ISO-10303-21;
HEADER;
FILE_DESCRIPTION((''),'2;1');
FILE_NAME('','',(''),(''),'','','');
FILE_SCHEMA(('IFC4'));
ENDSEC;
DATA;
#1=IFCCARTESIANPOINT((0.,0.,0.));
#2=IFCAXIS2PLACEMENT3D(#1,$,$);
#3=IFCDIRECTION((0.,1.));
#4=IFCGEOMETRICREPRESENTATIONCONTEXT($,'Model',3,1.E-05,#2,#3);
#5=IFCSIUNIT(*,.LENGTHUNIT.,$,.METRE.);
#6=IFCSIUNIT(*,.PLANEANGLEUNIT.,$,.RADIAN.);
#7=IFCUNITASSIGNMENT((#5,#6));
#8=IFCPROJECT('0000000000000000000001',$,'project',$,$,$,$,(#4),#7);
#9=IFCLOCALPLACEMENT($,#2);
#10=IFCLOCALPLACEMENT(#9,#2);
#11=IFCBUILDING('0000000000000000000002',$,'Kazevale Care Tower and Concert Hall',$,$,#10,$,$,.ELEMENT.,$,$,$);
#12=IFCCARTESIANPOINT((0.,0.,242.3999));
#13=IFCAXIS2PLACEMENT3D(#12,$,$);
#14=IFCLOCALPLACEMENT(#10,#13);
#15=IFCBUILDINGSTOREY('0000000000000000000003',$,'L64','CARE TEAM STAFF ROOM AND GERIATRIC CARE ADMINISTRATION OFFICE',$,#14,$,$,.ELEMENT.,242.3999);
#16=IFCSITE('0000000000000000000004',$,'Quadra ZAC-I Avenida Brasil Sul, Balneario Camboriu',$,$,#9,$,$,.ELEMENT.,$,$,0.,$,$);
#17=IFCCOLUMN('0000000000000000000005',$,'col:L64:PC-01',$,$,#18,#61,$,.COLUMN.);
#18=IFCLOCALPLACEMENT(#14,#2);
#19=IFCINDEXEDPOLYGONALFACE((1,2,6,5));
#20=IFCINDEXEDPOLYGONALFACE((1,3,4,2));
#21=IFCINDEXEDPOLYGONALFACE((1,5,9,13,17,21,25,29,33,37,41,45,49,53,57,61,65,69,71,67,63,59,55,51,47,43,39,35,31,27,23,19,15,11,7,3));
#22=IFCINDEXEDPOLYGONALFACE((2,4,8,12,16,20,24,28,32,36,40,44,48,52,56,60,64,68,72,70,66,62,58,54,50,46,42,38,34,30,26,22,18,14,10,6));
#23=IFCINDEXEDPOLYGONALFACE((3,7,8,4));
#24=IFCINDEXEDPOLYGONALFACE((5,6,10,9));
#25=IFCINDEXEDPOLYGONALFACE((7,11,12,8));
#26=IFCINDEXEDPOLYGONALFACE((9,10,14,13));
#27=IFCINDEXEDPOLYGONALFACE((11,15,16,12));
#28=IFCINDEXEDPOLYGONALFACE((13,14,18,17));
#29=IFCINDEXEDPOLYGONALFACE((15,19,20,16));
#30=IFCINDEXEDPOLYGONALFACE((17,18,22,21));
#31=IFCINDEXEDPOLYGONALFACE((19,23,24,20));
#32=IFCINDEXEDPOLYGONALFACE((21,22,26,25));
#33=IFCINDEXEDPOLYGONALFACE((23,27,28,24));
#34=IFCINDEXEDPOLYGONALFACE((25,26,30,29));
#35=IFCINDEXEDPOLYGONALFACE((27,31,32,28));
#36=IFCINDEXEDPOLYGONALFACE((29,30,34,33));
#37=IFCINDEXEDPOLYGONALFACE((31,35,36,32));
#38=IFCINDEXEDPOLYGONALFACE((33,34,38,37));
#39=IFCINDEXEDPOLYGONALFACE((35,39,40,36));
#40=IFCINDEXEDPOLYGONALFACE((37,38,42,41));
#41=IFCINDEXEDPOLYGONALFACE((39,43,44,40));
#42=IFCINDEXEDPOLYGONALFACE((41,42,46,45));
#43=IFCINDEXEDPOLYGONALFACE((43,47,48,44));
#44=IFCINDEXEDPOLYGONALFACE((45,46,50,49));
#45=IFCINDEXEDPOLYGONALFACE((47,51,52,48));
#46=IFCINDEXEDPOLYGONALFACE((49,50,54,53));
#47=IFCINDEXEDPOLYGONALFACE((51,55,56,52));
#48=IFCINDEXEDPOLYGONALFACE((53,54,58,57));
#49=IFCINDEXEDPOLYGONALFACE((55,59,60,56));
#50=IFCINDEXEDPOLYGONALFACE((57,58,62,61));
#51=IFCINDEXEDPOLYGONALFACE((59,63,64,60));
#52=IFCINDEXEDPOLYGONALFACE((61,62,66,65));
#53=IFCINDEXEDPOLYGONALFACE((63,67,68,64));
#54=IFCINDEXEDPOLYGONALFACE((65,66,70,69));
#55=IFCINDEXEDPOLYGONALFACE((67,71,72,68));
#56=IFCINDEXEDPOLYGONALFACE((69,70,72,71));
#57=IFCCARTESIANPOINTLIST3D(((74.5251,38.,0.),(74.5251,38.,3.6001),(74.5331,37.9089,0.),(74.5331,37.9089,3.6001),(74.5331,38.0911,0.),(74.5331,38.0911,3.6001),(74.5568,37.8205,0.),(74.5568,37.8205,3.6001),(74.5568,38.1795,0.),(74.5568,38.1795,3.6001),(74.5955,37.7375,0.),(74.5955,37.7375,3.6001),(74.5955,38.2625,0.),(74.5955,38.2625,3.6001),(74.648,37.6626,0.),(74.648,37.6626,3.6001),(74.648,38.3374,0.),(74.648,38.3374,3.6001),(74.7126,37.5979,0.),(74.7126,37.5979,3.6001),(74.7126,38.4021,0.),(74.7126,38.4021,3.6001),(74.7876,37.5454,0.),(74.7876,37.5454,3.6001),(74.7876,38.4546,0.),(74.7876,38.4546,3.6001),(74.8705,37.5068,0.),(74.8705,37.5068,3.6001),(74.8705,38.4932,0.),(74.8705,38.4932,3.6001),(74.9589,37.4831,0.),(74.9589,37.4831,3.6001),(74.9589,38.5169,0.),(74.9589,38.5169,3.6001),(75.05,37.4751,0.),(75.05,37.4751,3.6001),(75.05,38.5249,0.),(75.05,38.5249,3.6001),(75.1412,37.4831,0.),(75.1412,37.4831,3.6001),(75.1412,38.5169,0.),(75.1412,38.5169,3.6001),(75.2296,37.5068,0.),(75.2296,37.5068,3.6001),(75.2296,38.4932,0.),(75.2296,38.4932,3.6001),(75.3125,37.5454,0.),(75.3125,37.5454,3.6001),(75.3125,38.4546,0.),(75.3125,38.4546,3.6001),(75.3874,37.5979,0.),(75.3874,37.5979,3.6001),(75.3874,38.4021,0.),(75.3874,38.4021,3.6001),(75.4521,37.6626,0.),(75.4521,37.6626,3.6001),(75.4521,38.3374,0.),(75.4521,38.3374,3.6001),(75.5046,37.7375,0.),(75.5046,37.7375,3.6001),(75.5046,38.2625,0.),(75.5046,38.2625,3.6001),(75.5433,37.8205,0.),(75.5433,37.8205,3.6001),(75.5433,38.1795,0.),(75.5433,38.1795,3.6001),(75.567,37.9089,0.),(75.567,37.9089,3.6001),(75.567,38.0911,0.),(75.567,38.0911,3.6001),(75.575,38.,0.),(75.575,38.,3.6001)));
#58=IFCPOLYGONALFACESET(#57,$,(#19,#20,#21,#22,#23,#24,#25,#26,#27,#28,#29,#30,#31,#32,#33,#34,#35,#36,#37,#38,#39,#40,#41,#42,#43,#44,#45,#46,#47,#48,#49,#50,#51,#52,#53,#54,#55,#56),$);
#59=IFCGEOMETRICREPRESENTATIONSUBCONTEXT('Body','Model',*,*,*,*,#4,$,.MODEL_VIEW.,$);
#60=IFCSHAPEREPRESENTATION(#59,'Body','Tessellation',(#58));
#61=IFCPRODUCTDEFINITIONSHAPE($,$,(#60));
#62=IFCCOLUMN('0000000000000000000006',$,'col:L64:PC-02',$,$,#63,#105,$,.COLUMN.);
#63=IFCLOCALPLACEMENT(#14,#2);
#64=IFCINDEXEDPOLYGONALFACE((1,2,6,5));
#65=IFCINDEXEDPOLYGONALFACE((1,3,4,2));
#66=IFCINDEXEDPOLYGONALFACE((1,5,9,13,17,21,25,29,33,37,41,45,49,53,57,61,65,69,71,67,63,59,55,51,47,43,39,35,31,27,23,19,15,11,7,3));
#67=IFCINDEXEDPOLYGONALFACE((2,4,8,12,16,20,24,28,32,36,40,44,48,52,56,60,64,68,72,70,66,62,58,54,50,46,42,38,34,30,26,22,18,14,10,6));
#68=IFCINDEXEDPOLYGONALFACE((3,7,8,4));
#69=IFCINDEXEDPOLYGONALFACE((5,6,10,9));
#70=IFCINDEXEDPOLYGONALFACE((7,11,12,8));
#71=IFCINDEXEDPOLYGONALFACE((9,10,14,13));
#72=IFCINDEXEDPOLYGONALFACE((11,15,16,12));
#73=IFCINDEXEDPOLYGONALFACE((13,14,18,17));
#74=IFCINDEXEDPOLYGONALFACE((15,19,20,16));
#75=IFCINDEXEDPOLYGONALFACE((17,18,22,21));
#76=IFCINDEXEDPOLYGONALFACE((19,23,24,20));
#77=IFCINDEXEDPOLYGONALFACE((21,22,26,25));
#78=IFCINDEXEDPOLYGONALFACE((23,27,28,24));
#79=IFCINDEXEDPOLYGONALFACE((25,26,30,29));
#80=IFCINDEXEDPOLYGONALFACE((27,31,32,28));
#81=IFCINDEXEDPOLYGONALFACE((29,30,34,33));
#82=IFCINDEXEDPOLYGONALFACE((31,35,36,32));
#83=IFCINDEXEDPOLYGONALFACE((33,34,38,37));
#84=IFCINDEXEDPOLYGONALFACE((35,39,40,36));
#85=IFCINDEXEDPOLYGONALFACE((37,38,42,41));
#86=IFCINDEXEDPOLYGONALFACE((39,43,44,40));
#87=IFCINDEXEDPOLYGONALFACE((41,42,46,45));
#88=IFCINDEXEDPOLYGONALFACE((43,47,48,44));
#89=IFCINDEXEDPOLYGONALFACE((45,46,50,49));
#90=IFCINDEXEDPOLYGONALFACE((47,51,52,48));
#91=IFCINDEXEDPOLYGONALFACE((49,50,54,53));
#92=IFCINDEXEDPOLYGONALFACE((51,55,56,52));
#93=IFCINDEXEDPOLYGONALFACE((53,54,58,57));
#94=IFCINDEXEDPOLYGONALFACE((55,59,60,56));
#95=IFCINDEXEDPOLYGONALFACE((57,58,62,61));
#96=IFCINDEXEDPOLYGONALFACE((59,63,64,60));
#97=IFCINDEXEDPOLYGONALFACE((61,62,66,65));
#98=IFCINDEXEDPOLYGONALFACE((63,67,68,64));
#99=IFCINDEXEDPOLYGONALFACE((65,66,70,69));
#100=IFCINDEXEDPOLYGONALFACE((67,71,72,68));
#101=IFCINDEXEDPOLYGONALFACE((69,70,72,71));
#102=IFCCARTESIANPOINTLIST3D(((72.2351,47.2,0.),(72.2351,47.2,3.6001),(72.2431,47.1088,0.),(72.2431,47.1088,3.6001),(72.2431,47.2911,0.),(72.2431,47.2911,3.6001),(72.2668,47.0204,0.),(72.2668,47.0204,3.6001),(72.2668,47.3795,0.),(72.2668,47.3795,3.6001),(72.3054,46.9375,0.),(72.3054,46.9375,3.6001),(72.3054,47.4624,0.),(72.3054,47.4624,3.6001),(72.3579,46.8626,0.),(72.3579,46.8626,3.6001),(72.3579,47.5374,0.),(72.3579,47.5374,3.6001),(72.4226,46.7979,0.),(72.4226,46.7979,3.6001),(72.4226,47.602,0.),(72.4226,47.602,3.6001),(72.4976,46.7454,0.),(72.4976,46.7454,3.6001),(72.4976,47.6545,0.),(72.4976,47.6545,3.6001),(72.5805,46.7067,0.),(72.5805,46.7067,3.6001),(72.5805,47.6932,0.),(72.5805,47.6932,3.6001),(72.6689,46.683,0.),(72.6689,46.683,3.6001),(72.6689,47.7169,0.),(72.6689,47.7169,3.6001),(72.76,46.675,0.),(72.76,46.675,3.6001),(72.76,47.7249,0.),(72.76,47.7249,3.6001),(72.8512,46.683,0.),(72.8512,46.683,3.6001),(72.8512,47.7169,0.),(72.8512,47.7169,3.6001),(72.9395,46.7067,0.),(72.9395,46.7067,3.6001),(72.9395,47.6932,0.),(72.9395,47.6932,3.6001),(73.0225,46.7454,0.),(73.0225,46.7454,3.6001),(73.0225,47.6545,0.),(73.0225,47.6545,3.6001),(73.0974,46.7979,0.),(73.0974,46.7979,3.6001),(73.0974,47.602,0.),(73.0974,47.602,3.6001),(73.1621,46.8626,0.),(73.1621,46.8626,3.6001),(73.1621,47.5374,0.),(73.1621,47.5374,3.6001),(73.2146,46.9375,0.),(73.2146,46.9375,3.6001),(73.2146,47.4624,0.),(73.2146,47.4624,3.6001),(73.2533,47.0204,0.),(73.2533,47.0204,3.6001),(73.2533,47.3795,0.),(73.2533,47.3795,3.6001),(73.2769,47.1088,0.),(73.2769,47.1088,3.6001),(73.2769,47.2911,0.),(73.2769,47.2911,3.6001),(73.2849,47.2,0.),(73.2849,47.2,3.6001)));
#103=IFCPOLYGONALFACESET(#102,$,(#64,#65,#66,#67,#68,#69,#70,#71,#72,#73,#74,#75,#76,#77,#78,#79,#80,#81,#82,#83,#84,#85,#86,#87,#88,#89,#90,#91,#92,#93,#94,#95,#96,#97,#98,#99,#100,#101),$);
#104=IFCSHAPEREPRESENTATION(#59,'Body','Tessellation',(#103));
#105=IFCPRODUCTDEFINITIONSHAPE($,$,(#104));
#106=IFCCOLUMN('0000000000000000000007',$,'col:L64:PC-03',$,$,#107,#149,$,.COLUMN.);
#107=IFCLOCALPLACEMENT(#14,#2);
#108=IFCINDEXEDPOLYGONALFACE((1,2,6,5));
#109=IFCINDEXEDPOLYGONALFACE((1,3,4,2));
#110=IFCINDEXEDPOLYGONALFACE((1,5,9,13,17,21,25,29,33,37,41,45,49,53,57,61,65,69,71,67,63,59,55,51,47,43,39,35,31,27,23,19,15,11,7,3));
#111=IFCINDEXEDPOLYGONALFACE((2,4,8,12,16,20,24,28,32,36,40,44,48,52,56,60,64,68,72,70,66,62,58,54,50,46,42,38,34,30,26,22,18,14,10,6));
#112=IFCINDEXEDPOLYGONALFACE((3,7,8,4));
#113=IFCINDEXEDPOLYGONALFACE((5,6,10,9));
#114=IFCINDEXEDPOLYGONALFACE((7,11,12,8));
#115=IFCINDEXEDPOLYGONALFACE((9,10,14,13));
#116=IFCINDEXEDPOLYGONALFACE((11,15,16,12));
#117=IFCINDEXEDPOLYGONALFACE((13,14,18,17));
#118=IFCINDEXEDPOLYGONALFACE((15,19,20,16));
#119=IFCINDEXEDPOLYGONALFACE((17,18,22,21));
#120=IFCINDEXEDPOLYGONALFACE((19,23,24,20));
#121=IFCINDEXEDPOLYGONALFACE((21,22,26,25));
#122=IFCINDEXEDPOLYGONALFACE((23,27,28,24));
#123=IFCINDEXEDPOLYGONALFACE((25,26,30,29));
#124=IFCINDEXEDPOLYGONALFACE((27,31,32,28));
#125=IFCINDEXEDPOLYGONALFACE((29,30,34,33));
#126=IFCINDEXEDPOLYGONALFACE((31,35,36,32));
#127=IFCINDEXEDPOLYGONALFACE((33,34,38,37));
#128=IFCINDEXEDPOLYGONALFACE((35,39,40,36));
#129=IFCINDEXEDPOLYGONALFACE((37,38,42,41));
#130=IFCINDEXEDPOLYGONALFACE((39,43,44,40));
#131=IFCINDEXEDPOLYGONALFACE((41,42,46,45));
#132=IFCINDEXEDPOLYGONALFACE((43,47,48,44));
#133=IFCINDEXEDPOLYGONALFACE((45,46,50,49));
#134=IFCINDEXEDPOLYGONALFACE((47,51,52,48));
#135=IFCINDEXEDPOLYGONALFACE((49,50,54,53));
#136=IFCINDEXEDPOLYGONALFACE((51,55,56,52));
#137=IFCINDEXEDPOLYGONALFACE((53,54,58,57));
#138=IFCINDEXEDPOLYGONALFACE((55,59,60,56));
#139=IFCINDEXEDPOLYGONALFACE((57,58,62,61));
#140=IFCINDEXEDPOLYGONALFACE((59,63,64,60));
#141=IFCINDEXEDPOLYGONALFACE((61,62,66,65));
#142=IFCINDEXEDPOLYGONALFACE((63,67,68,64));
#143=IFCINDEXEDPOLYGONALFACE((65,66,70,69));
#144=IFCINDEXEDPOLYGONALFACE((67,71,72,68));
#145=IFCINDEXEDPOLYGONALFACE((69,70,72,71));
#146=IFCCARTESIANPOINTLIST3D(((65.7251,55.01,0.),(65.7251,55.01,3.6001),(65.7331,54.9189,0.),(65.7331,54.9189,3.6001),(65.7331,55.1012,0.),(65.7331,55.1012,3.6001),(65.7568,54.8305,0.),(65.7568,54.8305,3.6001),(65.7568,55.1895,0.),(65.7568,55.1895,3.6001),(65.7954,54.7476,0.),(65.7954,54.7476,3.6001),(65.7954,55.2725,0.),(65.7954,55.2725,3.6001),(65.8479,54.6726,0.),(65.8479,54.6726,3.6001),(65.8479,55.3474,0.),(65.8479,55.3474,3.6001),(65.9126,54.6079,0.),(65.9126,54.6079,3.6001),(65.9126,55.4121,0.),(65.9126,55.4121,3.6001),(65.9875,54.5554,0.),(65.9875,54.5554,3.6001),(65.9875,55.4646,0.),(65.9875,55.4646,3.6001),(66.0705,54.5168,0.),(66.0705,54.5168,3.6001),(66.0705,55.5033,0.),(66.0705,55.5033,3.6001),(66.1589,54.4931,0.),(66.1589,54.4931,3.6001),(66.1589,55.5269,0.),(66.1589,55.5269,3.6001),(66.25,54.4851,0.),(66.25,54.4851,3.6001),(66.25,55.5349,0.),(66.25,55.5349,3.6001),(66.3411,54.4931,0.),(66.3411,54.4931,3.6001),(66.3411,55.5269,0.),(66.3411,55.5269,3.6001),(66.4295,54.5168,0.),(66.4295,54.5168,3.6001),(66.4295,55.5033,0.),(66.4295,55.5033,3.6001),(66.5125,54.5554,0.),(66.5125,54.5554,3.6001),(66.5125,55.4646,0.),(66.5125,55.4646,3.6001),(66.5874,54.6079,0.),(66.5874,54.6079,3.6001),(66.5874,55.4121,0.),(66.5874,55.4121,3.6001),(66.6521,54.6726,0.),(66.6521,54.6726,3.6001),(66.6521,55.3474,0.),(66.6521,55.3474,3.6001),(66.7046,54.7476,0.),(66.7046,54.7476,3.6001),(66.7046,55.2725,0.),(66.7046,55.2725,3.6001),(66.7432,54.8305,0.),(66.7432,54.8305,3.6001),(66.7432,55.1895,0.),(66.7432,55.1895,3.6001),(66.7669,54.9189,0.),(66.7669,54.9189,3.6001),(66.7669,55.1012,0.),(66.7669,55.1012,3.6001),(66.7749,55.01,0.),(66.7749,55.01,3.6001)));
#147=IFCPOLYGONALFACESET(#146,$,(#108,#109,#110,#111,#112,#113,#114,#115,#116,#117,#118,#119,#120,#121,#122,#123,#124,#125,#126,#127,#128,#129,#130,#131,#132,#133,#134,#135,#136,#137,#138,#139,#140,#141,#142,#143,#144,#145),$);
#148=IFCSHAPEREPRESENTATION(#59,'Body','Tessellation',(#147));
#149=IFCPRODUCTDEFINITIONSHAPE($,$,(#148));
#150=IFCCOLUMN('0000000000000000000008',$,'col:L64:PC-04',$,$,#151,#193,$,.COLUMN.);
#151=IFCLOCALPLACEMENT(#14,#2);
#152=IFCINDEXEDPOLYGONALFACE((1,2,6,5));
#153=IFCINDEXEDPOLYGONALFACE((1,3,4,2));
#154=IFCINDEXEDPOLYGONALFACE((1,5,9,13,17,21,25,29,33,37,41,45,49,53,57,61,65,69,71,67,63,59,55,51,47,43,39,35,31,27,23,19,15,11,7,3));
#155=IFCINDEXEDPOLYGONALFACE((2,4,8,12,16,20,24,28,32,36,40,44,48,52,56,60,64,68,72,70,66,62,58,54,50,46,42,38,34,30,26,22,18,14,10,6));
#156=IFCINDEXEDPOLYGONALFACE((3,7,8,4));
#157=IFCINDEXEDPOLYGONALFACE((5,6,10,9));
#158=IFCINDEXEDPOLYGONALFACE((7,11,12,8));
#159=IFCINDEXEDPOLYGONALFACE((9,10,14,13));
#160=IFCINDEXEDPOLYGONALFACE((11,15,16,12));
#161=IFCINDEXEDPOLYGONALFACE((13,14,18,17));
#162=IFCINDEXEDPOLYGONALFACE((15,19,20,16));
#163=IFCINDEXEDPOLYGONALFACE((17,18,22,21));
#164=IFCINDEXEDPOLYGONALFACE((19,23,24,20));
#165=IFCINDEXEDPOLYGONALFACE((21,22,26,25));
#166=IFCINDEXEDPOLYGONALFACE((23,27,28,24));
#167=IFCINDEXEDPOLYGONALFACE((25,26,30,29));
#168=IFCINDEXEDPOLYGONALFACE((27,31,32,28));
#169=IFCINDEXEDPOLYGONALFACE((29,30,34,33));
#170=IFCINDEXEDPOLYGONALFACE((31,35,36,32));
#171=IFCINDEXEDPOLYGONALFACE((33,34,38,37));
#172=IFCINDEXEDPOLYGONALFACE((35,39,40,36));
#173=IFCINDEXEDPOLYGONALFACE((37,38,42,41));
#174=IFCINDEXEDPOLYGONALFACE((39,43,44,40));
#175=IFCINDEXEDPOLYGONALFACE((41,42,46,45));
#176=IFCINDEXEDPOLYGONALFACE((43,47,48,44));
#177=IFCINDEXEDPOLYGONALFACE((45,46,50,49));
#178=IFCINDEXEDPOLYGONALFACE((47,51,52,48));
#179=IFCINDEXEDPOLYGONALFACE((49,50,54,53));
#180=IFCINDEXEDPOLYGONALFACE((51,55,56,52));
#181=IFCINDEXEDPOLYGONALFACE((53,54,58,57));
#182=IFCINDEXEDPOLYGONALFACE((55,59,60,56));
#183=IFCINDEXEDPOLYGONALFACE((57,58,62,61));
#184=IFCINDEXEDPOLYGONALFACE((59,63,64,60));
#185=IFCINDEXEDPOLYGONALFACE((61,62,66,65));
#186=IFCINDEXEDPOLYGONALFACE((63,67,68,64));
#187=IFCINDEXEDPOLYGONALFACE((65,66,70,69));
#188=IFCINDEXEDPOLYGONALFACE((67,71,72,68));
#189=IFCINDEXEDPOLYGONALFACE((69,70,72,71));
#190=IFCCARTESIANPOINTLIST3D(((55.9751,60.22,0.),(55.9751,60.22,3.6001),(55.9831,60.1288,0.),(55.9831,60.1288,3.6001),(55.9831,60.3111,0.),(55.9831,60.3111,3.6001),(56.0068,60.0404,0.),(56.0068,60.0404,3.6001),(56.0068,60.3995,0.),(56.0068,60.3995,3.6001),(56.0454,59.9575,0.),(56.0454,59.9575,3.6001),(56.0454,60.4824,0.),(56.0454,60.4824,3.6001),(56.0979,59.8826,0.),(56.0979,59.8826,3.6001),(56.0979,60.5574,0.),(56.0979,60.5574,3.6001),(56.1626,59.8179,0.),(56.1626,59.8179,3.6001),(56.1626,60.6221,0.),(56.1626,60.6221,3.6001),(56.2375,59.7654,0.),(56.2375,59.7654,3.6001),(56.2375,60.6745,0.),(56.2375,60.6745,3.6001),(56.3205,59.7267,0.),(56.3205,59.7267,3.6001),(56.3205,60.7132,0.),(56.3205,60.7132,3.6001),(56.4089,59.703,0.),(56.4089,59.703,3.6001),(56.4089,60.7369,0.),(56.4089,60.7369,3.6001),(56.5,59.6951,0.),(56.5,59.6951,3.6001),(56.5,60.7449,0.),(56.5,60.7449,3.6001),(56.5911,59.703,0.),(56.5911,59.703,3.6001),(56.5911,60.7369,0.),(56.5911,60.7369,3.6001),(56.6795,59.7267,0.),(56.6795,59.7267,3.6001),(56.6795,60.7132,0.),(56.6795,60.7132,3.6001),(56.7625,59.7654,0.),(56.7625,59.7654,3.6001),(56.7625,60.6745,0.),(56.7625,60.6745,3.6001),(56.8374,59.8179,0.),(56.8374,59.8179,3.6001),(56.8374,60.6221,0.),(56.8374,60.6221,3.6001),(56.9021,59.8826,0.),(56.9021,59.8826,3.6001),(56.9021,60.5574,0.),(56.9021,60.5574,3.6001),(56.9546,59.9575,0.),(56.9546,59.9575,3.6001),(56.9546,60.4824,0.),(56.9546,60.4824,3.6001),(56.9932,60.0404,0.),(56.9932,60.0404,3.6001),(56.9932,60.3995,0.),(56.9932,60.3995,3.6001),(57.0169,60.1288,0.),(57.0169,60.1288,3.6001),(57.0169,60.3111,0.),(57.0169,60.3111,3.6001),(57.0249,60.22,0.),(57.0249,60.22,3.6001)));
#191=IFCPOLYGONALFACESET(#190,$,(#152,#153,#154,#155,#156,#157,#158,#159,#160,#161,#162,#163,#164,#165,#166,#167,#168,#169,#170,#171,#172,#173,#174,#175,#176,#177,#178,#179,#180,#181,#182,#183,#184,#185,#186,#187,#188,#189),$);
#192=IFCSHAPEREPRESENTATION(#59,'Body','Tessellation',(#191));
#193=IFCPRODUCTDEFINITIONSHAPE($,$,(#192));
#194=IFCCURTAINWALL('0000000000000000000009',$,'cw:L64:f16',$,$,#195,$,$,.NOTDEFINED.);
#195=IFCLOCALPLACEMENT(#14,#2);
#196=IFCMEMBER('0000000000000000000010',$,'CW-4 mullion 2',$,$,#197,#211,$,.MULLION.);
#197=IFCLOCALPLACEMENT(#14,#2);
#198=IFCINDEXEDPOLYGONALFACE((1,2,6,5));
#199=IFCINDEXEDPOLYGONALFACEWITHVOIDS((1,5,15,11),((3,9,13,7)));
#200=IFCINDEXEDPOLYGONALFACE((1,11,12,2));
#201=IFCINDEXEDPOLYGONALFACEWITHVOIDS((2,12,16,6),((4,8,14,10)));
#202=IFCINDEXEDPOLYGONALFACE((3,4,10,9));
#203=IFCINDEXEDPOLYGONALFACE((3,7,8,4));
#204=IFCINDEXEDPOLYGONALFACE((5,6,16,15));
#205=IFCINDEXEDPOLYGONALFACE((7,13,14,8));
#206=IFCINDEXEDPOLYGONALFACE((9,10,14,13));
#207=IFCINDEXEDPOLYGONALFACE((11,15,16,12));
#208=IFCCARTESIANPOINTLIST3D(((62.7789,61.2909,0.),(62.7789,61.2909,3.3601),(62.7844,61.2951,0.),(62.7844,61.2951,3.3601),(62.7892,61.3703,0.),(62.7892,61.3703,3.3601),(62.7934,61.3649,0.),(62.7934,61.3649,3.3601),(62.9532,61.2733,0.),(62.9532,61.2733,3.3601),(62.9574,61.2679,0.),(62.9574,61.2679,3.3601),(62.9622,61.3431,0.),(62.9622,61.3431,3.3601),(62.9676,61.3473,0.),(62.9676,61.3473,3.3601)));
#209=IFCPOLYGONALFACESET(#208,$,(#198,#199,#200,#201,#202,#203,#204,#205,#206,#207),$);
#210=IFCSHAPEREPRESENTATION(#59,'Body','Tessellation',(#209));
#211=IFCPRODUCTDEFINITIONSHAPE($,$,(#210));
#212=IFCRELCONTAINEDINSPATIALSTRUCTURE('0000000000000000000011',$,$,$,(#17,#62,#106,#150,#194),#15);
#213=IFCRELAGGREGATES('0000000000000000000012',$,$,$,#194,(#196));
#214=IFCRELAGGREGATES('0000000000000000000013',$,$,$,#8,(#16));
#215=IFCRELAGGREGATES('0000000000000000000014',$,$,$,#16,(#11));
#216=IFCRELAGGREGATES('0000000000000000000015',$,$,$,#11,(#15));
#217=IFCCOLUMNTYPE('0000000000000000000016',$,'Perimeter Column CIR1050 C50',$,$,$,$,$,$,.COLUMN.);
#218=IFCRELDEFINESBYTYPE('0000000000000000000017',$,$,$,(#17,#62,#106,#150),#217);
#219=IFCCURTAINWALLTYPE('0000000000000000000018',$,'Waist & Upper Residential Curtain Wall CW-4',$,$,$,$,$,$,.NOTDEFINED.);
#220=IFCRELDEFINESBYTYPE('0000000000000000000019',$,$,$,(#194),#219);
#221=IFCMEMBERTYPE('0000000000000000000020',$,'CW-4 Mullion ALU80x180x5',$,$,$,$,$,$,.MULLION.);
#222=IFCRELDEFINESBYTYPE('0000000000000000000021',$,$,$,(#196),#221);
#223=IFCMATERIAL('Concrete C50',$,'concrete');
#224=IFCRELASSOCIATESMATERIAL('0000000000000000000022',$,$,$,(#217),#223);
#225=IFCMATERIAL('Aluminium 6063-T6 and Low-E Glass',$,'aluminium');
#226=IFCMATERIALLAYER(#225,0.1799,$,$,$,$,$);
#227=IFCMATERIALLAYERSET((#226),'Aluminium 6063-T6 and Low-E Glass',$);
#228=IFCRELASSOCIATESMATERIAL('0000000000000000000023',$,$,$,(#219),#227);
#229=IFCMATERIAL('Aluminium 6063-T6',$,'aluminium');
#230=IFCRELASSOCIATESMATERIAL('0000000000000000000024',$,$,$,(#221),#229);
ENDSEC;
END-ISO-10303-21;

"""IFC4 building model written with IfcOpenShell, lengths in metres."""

from ifc_helpers import new_model, si_unit, direction, frame, origin, origin_2d, place, context, subcontext, project, spatial, hollow_rectangle, circle, extrude, material, layer, layer_set, material_profile, profile_set, type_object, element, aggregate, save


model = new_model("IFC4")

# Units and contexts
model_context = context("Model", 3, precision=1e-05, world=origin(), true_north=direction((0.0, 1.0)))
body_context = subcontext(model_context, "Body", "Model", "MODEL_VIEW")
ifc_project = project(units=[si_unit("LENGTHUNIT", "METRE"), si_unit("PLANEANGLEUNIT", "RADIAN")], contexts=[model_context])

# Site, building, storey
site_placement = place(None, origin())
site = spatial("IfcSite", under=ifc_project, at=site_placement, Name="Quadra ZAC-I Avenida Brasil Sul, Balneario Camboriu", CompositionType="ELEMENT", RefElevation=0.0)
building_placement = place(site_placement, origin())
building = spatial("IfcBuilding", under=site, at=building_placement, Name="Kazevale Care Tower and Concert Hall", CompositionType="ELEMENT")
storey_placement = place(building_placement, frame((0.0, 0.0, 242.3999)))
storey = spatial("IfcBuildingStorey", under=building, at=storey_placement, Name="L64", Description="CARE TEAM STAFF ROOM AND GERIATRIC CARE ADMINISTRATION OFFICE", CompositionType="ELEMENT", Elevation=242.3999)

# Columns
ifc_material_1 = material(Name="Concrete C50", Category="concrete")
ifc_material_profile_1 = material_profile(ifc_material_1, circle(Radius=0.5249, at=origin_2d()), Name="RC-CIR1050")
ifc_profile_set_1 = profile_set([ifc_material_profile_1], Name="Concrete C50")
column_type = type_object("IfcColumnType", Name="Perimeter Column CIR1050 C50", PredefinedType="COLUMN", material=ifc_profile_set_1)
for number, where, z_axis, x_axis, name in (
    (1, (75.05, 38.0, 0.0), (0.0, 0.0, 1.0), (1.0, 0.0, 0.0), "col:L64:PC-01"),
    (2, (72.76, 47.2, 0.0), (0.0, 0.0, 1.0), (1.0, 0.0, 0.0), "col:L64:PC-02"),
    (3, (66.25, 55.01, 0.0), (0.0, 0.0, 1.0), (1.0, 0.0, 0.0), "col:L64:PC-03"),
    (4, (56.5, 60.22, 0.0), (0.0, 0.0, 1.0), (1.0, 0.0, 0.0), "col:L64:PC-04"),
):
    element("IfcColumn", number, at=place(storey_placement, frame(where, z_axis=z_axis, x_axis=x_axis)), inside=storey, type_object=column_type, Name=name, PredefinedType="COLUMN", context=body_context, shape_type="SweptSolid", body=[
        extrude(circle(Radius=0.5249, at=origin_2d()), origin(), (0.0, 0.0, 1.0), 3.6001),
    ])

# Curtain wall, member
ifc_material_2 = material(Name="Aluminium 6063-T6 and Low-E Glass", Category="aluminium")
ifc_layer_1 = layer(ifc_material_2, 0.1799)
ifc_layer_set_1 = layer_set([ifc_layer_1], Name="Aluminium 6063-T6 and Low-E Glass")
curtain_wall_type = type_object("IfcCurtainWallType", Name="Waist & Upper Residential Curtain Wall CW-4", PredefinedType="NOTDEFINED", material=ifc_layer_set_1)
curtain_wall_1_placement = place(storey_placement, origin())
curtain_wall_1 = element("IfcCurtainWall", 5, at=curtain_wall_1_placement, inside=storey, type_object=curtain_wall_type, Name="cw:L64:f16", PredefinedType="NOTDEFINED")
ifc_material_3 = material(Name="Aluminium 6063-T6", Category="aluminium")
ifc_material_profile_2 = material_profile(ifc_material_3, hollow_rectangle(XDim=0.0801, YDim=0.1799, WallThickness=0.0049, at=origin_2d()), Name="ALU80x180x5")
ifc_profile_set_2 = profile_set([ifc_material_profile_2], Name="Aluminium 6063-T6")
member_type_1 = type_object("IfcMemberType", Name="CW-4 Mullion ALU80x180x5", PredefinedType="MULLION", material=ifc_profile_set_2)
member_1_placement = place(storey_placement, frame((62.8733, 61.3191, 0.0), z_axis=(0.0, 0.0, 1.0), x_axis=(0.128098, 0.991761, 0.0)))
member_1 = element("IfcMember", 6, at=member_1_placement, type_object=member_type_1, Name="CW-4 mullion 2", PredefinedType="MULLION", context=body_context, shape_type="SweptSolid", body=[
    extrude(hollow_rectangle(XDim=0.0801, YDim=0.1799, WallThickness=0.0049, at=origin_2d()), origin(), (0.0, 0.0, 1.0), 3.3601),
])

aggregate(curtain_wall_1, [member_1])

save(model, "model.ifc")
